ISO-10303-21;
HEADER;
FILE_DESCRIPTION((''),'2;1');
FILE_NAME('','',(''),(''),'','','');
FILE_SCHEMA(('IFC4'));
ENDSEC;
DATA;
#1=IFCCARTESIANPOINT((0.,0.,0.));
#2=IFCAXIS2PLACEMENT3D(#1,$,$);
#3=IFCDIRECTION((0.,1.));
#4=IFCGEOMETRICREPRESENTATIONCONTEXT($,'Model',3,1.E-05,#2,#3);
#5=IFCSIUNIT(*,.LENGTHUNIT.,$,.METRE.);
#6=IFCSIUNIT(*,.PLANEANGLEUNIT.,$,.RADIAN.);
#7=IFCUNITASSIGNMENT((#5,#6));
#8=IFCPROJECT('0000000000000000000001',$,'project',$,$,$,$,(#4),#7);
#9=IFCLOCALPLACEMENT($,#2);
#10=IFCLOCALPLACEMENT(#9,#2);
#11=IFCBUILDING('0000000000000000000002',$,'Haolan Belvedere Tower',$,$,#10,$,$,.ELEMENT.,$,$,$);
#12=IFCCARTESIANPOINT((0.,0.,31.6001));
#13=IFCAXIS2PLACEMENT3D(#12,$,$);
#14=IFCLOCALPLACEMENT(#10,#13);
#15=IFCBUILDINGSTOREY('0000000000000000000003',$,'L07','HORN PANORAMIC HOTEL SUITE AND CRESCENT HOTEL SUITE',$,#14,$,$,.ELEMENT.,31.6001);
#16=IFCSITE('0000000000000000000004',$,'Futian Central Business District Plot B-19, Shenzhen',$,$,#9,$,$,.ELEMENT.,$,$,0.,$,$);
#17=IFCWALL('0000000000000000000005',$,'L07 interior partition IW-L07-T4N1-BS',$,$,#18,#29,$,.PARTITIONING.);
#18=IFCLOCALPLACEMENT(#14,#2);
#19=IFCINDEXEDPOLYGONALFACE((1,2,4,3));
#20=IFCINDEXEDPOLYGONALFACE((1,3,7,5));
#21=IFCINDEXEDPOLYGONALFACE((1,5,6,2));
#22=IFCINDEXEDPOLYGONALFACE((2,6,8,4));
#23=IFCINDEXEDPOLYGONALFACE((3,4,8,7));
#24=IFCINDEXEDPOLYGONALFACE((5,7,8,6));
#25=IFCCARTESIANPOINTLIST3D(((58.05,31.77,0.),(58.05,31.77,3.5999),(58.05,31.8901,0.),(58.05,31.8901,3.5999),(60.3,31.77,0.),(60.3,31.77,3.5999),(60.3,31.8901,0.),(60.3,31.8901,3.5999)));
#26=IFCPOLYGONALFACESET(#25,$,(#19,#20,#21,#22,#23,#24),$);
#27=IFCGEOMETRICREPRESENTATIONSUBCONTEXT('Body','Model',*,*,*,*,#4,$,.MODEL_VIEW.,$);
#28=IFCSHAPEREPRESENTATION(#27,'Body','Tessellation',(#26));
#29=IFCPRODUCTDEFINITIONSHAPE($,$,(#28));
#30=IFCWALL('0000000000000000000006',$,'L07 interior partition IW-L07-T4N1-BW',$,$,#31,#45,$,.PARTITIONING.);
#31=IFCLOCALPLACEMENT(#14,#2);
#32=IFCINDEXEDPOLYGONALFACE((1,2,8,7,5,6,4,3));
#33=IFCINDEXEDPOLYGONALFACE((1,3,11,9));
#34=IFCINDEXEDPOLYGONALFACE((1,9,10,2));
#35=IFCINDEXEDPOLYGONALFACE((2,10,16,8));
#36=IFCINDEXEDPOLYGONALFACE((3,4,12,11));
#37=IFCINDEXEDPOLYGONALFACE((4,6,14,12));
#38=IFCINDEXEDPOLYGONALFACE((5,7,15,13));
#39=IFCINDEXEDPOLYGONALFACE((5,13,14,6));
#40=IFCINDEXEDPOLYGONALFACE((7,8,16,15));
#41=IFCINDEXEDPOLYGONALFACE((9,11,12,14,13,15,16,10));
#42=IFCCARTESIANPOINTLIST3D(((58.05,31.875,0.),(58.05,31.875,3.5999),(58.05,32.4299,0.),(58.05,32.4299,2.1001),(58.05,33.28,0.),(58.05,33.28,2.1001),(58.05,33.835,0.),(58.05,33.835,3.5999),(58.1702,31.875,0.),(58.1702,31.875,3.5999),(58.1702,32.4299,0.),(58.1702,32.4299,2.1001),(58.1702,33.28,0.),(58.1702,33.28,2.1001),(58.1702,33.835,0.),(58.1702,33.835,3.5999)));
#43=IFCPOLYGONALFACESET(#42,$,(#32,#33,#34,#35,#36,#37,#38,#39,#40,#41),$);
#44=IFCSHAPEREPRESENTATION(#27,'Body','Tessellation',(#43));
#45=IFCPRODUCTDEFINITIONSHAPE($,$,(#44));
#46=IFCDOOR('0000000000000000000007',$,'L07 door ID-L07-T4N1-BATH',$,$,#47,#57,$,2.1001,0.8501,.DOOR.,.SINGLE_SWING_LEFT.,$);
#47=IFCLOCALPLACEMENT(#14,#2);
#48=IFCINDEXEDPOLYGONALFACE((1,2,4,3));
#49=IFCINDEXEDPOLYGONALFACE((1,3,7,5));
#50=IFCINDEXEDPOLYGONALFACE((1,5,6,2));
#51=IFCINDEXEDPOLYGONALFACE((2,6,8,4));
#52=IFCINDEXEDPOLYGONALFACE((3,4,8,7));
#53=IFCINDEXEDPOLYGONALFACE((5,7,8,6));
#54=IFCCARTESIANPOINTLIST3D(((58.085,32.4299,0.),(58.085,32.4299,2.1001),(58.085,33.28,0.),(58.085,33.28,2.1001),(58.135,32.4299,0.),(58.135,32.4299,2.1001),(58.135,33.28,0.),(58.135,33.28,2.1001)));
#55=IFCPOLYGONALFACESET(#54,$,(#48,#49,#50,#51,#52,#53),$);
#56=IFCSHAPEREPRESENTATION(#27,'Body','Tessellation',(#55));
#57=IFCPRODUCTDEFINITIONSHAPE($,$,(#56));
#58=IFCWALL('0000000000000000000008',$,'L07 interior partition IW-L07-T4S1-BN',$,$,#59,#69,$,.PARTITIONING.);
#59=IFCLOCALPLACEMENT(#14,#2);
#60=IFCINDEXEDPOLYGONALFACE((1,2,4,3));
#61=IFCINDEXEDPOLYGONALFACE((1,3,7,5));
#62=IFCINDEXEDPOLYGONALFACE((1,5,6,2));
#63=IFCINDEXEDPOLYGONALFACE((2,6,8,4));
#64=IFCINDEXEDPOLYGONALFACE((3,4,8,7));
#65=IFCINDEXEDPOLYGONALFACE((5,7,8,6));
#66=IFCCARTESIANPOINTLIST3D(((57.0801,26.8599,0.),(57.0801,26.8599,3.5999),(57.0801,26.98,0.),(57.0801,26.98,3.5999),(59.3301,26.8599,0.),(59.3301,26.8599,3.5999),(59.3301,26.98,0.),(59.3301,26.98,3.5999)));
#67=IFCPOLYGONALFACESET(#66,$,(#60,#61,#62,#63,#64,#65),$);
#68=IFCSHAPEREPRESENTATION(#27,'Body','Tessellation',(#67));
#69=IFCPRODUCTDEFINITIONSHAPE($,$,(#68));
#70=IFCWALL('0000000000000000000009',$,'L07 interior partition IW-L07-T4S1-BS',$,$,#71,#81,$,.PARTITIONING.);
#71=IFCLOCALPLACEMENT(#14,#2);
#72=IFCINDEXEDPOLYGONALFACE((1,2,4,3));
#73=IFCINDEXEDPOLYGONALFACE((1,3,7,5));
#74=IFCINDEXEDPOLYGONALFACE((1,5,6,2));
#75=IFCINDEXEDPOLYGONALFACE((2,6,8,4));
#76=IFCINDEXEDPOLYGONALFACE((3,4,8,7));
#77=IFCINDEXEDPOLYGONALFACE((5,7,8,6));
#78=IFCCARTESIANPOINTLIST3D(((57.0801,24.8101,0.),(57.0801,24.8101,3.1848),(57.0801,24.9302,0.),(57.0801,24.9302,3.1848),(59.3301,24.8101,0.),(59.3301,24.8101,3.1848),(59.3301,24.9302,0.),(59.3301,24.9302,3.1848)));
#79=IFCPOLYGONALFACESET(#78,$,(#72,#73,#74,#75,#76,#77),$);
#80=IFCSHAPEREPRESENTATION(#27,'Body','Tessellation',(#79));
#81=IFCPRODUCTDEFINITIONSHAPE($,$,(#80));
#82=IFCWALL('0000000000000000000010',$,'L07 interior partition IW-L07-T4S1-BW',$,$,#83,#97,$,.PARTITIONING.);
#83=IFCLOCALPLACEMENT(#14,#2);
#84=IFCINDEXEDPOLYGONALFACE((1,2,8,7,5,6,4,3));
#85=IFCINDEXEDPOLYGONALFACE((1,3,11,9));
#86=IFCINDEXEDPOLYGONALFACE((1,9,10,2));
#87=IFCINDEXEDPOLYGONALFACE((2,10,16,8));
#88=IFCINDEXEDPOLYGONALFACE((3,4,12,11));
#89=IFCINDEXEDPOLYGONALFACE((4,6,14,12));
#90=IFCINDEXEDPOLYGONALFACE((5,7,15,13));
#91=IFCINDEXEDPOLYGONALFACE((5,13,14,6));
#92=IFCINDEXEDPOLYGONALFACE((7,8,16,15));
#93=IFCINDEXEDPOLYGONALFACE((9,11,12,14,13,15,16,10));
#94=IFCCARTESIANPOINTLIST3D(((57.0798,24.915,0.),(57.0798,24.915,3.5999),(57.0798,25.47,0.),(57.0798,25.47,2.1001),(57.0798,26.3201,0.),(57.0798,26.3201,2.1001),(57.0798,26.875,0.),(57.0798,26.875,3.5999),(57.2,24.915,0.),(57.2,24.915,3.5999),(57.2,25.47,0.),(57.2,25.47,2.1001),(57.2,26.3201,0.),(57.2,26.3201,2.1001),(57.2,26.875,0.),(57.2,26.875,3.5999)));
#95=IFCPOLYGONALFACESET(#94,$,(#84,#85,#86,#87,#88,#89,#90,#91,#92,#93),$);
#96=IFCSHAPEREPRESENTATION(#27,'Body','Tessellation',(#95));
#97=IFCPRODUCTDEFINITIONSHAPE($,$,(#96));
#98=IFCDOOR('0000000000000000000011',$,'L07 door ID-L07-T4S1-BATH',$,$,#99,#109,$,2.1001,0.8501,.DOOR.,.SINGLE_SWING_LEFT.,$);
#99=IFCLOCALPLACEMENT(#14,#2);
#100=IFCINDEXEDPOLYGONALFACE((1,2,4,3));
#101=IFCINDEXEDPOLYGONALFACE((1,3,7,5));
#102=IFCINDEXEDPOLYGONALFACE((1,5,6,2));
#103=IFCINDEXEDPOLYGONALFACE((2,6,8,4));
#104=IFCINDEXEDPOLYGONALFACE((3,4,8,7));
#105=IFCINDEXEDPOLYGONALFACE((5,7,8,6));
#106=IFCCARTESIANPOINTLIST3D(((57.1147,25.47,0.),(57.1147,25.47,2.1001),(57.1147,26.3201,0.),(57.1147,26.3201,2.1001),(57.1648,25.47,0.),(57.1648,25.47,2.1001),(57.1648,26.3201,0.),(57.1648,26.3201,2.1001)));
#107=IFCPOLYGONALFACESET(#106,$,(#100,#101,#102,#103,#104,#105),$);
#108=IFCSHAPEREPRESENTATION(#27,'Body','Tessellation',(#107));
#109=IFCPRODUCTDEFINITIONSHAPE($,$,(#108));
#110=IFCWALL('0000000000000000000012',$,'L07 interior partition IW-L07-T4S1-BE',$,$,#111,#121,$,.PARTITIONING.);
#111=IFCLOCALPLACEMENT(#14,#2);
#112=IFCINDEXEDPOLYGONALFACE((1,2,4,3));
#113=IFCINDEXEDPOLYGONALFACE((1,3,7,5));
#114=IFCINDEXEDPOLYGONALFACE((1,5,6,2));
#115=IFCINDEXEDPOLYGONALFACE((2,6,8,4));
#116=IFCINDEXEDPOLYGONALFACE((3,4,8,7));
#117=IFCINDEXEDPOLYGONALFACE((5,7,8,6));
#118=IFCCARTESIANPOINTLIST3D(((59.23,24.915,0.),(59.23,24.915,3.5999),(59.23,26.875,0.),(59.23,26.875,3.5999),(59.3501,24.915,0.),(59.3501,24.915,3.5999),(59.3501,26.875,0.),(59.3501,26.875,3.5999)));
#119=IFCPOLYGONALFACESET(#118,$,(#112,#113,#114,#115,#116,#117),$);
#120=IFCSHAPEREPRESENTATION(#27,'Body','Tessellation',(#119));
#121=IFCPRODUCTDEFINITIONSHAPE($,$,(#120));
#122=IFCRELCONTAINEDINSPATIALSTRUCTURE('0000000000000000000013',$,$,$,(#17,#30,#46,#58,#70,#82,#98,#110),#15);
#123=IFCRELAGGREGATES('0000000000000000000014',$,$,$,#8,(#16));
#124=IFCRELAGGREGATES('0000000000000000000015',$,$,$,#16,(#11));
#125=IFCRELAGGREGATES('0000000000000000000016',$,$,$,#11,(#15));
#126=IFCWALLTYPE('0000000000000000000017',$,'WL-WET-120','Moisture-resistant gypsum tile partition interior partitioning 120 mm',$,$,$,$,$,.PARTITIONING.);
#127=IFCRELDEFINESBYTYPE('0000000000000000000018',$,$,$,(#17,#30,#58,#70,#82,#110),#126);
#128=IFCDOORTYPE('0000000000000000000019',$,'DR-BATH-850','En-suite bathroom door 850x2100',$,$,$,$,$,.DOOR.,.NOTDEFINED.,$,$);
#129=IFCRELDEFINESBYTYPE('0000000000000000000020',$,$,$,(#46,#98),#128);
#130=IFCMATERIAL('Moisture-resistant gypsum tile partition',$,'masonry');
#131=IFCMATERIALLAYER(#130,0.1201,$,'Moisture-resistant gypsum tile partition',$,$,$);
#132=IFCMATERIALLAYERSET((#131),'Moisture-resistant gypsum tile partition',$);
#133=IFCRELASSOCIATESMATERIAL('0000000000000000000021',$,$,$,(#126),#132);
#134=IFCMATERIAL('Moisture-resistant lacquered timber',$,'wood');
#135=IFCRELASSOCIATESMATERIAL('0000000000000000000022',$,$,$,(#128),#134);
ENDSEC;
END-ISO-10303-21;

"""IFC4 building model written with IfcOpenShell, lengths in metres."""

from ifc_helpers import new_model, si_unit, direction, frame, frame_2d, origin, place, context, subcontext, project, spatial, rectangle, extrude, material, layer, layer_set, type_object, element, fill, save


model = new_model("IFC4")

# Units and contexts
model_context = context("Model", 3, precision=1e-05, world=origin(), true_north=direction((0.0, 1.0)))
body_context = subcontext(model_context, "Body", "Model", "MODEL_VIEW")
ifc_project = project(units=[si_unit("LENGTHUNIT", "METRE"), si_unit("PLANEANGLEUNIT", "RADIAN")], contexts=[model_context])

# Site, building, storey
site_placement = place(None, origin())
site = spatial("IfcSite", under=ifc_project, at=site_placement, Name="Futian Central Business District Plot B-19, Shenzhen", CompositionType="ELEMENT", RefElevation=0.0)
building_placement = place(site_placement, origin())
building = spatial("IfcBuilding", under=site, at=building_placement, Name="Haolan Belvedere Tower", CompositionType="ELEMENT")
storey_placement = place(building_placement, frame((0.0, 0.0, 31.6001)))
storey = spatial("IfcBuildingStorey", under=building, at=storey_placement, Name="L07", Description="HORN PANORAMIC HOTEL SUITE AND CRESCENT HOTEL SUITE", CompositionType="ELEMENT", Elevation=31.6001)

# Wall
ifc_material_1 = material(Name="Moisture-resistant gypsum tile partition", Category="masonry")
ifc_layer_1 = layer(ifc_material_1, 0.1201, Name="Moisture-resistant gypsum tile partition")
ifc_layer_set_1 = layer_set([ifc_layer_1], Name="Moisture-resistant gypsum tile partition")
wall_type_1 = type_object("IfcWallType", Name="WL-WET-120", Description="Moisture-resistant gypsum tile partition interior partitioning 120 mm", PredefinedType="PARTITIONING", material=ifc_layer_set_1)
wall_1_placement = place(storey_placement, frame((58.05, 31.8301, 0.0), z_axis=(0.0, 0.0, 1.0), x_axis=(1.0, 0.0, 0.0)))
element("IfcWall", 1, at=wall_1_placement, inside=storey, type_object=wall_type_1, Name="L07 interior partition IW-L07-T4N1-BS", PredefinedType="PARTITIONING", context=body_context, shape_type="SweptSolid", body=[
    extrude(rectangle(XDim=2.25, YDim=0.1201, at=frame_2d((1.125, 0.0))), origin(), (0.0, 0.0, 1.0), 3.5999),
])

# Wall, opening, door
wall_2_placement = place(storey_placement, frame((58.1101, 31.875, 0.0), z_axis=(0.0, 0.0, 1.0), x_axis=(0.0, 1.0, 0.0)))
wall_2 = element("IfcWall", 2, at=wall_2_placement, inside=storey, type_object=wall_type_1, Name="L07 interior partition IW-L07-T4N1-BW", PredefinedType="PARTITIONING", context=body_context, shape_type="SweptSolid", body=[
    extrude(rectangle(XDim=1.96, YDim=0.1201, at=frame_2d((0.98, 0.0))), origin(), (0.0, 0.0, 1.0), 3.5999),
])
opening_1_placement = place(wall_2_placement, frame((1.405, 0.0, 0.0), z_axis=(0.0, 0.0, 1.0), x_axis=(-1.0, 0.0, 0.0)))
opening_1 = element("IfcOpeningElement", 3, at=opening_1_placement, cuts=wall_2, PredefinedType="OPENING", context=body_context, shape_type="SweptSolid", body=[
    extrude(rectangle(XDim=0.8501, YDim=2.1001, at=frame_2d((0.425, 1.05))), frame((0.0, 0.0701, 0.0), z_axis=(0.0, -1.0, 0.0), x_axis=(1.0, 0.0, 0.0)), (0.0, 0.0, 1.0), 0.1401),
])
ifc_material_2 = material(Name="Moisture-resistant lacquered timber", Category="wood")
door_type_1 = type_object("IfcDoorType", Name="DR-BATH-850", Description="En-suite bathroom door 850x2100", OperationType="NOTDEFINED", PredefinedType="DOOR", material=ifc_material_2)
door_1_placement = place(opening_1_placement, origin())
door_1 = element("IfcDoor", 4, at=door_1_placement, inside=storey, type_object=door_type_1, Name="L07 door ID-L07-T4N1-BATH", OperationType="SINGLE_SWING_LEFT", OverallHeight=2.1001, OverallWidth=0.8501, PredefinedType="DOOR", context=body_context, shape_type="SweptSolid", body=[
    extrude(rectangle(XDim=0.8501, YDim=2.1001, at=frame_2d((0.425, 1.05))), frame((0.0, 0.0249, 0.0), z_axis=(0.0, -1.0, 0.0), x_axis=(1.0, 0.0, 0.0)), (0.0, 0.0, 1.0), 0.05),
])
fill(opening_1, door_1)

# Walls
wall_3_placement = place(storey_placement, frame((57.0801, 26.9199, 0.0), z_axis=(0.0, 0.0, 1.0), x_axis=(1.0, 0.0, 0.0)))
element("IfcWall", 5, at=wall_3_placement, inside=storey, type_object=wall_type_1, Name="L07 interior partition IW-L07-T4S1-BN", PredefinedType="PARTITIONING", context=body_context, shape_type="SweptSolid", body=[
    extrude(rectangle(XDim=2.25, YDim=0.1201, at=frame_2d((1.125, 0.0))), origin(), (0.0, 0.0, 1.0), 3.5999),
])
wall_4_placement = place(storey_placement, frame((57.0801, 24.8701, 0.0), z_axis=(0.0, 0.0, 1.0), x_axis=(1.0, 0.0, 0.0)))
element("IfcWall", 6, at=wall_4_placement, inside=storey, type_object=wall_type_1, Name="L07 interior partition IW-L07-T4S1-BS", PredefinedType="PARTITIONING", context=body_context, shape_type="SweptSolid", body=[
    extrude(rectangle(XDim=2.25, YDim=0.1201, at=frame_2d((1.125, 0.0))), origin(), (0.0, 0.0, 1.0), 3.1848),
])

# Wall, opening, door
wall_5_placement = place(storey_placement, frame((57.1399, 24.915, 0.0), z_axis=(0.0, 0.0, 1.0), x_axis=(0.0, 1.0, 0.0)))
wall_5 = element("IfcWall", 7, at=wall_5_placement, inside=storey, type_object=wall_type_1, Name="L07 interior partition IW-L07-T4S1-BW", PredefinedType="PARTITIONING", context=body_context, shape_type="SweptSolid", body=[
    extrude(rectangle(XDim=1.96, YDim=0.1201, at=frame_2d((0.98, 0.0))), origin(), (0.0, 0.0, 1.0), 3.5999),
])
opening_2_placement = place(wall_5_placement, frame((1.405, 0.0, 0.0), z_axis=(0.0, 0.0, 1.0), x_axis=(-1.0, 0.0, 0.0)))
opening_2 = element("IfcOpeningElement", 8, at=opening_2_placement, cuts=wall_5, PredefinedType="OPENING", context=body_context, shape_type="SweptSolid", body=[
    extrude(rectangle(XDim=0.8501, YDim=2.1001, at=frame_2d((0.425, 1.05))), frame((0.0, 0.0701, 0.0), z_axis=(0.0, -1.0, 0.0), x_axis=(1.0, 0.0, 0.0)), (0.0, 0.0, 1.0), 0.1401),
])
door_2_placement = place(opening_2_placement, origin())
door_2 = element("IfcDoor", 9, at=door_2_placement, inside=storey, type_object=door_type_1, Name="L07 door ID-L07-T4S1-BATH", OperationType="SINGLE_SWING_LEFT", OverallHeight=2.1001, OverallWidth=0.8501, PredefinedType="DOOR", context=body_context, shape_type="SweptSolid", body=[
    extrude(rectangle(XDim=0.8501, YDim=2.1001, at=frame_2d((0.425, 1.05))), frame((0.0, 0.0249, 0.0), z_axis=(0.0, -1.0, 0.0), x_axis=(1.0, 0.0, 0.0)), (0.0, 0.0, 1.0), 0.05),
])
fill(opening_2, door_2)

# Wall
wall_6_placement = place(storey_placement, frame((59.29, 24.915, 0.0), z_axis=(0.0, 0.0, 1.0), x_axis=(0.0, 1.0, 0.0)))
element("IfcWall", 10, at=wall_6_placement, inside=storey, type_object=wall_type_1, Name="L07 interior partition IW-L07-T4S1-BE", PredefinedType="PARTITIONING", context=body_context, shape_type="SweptSolid", body=[
    extrude(rectangle(XDim=1.96, YDim=0.1201, at=frame_2d((0.98, 0.0))), origin(), (0.0, 0.0, 1.0), 3.5999),
])

save(model, "model.ifc")
